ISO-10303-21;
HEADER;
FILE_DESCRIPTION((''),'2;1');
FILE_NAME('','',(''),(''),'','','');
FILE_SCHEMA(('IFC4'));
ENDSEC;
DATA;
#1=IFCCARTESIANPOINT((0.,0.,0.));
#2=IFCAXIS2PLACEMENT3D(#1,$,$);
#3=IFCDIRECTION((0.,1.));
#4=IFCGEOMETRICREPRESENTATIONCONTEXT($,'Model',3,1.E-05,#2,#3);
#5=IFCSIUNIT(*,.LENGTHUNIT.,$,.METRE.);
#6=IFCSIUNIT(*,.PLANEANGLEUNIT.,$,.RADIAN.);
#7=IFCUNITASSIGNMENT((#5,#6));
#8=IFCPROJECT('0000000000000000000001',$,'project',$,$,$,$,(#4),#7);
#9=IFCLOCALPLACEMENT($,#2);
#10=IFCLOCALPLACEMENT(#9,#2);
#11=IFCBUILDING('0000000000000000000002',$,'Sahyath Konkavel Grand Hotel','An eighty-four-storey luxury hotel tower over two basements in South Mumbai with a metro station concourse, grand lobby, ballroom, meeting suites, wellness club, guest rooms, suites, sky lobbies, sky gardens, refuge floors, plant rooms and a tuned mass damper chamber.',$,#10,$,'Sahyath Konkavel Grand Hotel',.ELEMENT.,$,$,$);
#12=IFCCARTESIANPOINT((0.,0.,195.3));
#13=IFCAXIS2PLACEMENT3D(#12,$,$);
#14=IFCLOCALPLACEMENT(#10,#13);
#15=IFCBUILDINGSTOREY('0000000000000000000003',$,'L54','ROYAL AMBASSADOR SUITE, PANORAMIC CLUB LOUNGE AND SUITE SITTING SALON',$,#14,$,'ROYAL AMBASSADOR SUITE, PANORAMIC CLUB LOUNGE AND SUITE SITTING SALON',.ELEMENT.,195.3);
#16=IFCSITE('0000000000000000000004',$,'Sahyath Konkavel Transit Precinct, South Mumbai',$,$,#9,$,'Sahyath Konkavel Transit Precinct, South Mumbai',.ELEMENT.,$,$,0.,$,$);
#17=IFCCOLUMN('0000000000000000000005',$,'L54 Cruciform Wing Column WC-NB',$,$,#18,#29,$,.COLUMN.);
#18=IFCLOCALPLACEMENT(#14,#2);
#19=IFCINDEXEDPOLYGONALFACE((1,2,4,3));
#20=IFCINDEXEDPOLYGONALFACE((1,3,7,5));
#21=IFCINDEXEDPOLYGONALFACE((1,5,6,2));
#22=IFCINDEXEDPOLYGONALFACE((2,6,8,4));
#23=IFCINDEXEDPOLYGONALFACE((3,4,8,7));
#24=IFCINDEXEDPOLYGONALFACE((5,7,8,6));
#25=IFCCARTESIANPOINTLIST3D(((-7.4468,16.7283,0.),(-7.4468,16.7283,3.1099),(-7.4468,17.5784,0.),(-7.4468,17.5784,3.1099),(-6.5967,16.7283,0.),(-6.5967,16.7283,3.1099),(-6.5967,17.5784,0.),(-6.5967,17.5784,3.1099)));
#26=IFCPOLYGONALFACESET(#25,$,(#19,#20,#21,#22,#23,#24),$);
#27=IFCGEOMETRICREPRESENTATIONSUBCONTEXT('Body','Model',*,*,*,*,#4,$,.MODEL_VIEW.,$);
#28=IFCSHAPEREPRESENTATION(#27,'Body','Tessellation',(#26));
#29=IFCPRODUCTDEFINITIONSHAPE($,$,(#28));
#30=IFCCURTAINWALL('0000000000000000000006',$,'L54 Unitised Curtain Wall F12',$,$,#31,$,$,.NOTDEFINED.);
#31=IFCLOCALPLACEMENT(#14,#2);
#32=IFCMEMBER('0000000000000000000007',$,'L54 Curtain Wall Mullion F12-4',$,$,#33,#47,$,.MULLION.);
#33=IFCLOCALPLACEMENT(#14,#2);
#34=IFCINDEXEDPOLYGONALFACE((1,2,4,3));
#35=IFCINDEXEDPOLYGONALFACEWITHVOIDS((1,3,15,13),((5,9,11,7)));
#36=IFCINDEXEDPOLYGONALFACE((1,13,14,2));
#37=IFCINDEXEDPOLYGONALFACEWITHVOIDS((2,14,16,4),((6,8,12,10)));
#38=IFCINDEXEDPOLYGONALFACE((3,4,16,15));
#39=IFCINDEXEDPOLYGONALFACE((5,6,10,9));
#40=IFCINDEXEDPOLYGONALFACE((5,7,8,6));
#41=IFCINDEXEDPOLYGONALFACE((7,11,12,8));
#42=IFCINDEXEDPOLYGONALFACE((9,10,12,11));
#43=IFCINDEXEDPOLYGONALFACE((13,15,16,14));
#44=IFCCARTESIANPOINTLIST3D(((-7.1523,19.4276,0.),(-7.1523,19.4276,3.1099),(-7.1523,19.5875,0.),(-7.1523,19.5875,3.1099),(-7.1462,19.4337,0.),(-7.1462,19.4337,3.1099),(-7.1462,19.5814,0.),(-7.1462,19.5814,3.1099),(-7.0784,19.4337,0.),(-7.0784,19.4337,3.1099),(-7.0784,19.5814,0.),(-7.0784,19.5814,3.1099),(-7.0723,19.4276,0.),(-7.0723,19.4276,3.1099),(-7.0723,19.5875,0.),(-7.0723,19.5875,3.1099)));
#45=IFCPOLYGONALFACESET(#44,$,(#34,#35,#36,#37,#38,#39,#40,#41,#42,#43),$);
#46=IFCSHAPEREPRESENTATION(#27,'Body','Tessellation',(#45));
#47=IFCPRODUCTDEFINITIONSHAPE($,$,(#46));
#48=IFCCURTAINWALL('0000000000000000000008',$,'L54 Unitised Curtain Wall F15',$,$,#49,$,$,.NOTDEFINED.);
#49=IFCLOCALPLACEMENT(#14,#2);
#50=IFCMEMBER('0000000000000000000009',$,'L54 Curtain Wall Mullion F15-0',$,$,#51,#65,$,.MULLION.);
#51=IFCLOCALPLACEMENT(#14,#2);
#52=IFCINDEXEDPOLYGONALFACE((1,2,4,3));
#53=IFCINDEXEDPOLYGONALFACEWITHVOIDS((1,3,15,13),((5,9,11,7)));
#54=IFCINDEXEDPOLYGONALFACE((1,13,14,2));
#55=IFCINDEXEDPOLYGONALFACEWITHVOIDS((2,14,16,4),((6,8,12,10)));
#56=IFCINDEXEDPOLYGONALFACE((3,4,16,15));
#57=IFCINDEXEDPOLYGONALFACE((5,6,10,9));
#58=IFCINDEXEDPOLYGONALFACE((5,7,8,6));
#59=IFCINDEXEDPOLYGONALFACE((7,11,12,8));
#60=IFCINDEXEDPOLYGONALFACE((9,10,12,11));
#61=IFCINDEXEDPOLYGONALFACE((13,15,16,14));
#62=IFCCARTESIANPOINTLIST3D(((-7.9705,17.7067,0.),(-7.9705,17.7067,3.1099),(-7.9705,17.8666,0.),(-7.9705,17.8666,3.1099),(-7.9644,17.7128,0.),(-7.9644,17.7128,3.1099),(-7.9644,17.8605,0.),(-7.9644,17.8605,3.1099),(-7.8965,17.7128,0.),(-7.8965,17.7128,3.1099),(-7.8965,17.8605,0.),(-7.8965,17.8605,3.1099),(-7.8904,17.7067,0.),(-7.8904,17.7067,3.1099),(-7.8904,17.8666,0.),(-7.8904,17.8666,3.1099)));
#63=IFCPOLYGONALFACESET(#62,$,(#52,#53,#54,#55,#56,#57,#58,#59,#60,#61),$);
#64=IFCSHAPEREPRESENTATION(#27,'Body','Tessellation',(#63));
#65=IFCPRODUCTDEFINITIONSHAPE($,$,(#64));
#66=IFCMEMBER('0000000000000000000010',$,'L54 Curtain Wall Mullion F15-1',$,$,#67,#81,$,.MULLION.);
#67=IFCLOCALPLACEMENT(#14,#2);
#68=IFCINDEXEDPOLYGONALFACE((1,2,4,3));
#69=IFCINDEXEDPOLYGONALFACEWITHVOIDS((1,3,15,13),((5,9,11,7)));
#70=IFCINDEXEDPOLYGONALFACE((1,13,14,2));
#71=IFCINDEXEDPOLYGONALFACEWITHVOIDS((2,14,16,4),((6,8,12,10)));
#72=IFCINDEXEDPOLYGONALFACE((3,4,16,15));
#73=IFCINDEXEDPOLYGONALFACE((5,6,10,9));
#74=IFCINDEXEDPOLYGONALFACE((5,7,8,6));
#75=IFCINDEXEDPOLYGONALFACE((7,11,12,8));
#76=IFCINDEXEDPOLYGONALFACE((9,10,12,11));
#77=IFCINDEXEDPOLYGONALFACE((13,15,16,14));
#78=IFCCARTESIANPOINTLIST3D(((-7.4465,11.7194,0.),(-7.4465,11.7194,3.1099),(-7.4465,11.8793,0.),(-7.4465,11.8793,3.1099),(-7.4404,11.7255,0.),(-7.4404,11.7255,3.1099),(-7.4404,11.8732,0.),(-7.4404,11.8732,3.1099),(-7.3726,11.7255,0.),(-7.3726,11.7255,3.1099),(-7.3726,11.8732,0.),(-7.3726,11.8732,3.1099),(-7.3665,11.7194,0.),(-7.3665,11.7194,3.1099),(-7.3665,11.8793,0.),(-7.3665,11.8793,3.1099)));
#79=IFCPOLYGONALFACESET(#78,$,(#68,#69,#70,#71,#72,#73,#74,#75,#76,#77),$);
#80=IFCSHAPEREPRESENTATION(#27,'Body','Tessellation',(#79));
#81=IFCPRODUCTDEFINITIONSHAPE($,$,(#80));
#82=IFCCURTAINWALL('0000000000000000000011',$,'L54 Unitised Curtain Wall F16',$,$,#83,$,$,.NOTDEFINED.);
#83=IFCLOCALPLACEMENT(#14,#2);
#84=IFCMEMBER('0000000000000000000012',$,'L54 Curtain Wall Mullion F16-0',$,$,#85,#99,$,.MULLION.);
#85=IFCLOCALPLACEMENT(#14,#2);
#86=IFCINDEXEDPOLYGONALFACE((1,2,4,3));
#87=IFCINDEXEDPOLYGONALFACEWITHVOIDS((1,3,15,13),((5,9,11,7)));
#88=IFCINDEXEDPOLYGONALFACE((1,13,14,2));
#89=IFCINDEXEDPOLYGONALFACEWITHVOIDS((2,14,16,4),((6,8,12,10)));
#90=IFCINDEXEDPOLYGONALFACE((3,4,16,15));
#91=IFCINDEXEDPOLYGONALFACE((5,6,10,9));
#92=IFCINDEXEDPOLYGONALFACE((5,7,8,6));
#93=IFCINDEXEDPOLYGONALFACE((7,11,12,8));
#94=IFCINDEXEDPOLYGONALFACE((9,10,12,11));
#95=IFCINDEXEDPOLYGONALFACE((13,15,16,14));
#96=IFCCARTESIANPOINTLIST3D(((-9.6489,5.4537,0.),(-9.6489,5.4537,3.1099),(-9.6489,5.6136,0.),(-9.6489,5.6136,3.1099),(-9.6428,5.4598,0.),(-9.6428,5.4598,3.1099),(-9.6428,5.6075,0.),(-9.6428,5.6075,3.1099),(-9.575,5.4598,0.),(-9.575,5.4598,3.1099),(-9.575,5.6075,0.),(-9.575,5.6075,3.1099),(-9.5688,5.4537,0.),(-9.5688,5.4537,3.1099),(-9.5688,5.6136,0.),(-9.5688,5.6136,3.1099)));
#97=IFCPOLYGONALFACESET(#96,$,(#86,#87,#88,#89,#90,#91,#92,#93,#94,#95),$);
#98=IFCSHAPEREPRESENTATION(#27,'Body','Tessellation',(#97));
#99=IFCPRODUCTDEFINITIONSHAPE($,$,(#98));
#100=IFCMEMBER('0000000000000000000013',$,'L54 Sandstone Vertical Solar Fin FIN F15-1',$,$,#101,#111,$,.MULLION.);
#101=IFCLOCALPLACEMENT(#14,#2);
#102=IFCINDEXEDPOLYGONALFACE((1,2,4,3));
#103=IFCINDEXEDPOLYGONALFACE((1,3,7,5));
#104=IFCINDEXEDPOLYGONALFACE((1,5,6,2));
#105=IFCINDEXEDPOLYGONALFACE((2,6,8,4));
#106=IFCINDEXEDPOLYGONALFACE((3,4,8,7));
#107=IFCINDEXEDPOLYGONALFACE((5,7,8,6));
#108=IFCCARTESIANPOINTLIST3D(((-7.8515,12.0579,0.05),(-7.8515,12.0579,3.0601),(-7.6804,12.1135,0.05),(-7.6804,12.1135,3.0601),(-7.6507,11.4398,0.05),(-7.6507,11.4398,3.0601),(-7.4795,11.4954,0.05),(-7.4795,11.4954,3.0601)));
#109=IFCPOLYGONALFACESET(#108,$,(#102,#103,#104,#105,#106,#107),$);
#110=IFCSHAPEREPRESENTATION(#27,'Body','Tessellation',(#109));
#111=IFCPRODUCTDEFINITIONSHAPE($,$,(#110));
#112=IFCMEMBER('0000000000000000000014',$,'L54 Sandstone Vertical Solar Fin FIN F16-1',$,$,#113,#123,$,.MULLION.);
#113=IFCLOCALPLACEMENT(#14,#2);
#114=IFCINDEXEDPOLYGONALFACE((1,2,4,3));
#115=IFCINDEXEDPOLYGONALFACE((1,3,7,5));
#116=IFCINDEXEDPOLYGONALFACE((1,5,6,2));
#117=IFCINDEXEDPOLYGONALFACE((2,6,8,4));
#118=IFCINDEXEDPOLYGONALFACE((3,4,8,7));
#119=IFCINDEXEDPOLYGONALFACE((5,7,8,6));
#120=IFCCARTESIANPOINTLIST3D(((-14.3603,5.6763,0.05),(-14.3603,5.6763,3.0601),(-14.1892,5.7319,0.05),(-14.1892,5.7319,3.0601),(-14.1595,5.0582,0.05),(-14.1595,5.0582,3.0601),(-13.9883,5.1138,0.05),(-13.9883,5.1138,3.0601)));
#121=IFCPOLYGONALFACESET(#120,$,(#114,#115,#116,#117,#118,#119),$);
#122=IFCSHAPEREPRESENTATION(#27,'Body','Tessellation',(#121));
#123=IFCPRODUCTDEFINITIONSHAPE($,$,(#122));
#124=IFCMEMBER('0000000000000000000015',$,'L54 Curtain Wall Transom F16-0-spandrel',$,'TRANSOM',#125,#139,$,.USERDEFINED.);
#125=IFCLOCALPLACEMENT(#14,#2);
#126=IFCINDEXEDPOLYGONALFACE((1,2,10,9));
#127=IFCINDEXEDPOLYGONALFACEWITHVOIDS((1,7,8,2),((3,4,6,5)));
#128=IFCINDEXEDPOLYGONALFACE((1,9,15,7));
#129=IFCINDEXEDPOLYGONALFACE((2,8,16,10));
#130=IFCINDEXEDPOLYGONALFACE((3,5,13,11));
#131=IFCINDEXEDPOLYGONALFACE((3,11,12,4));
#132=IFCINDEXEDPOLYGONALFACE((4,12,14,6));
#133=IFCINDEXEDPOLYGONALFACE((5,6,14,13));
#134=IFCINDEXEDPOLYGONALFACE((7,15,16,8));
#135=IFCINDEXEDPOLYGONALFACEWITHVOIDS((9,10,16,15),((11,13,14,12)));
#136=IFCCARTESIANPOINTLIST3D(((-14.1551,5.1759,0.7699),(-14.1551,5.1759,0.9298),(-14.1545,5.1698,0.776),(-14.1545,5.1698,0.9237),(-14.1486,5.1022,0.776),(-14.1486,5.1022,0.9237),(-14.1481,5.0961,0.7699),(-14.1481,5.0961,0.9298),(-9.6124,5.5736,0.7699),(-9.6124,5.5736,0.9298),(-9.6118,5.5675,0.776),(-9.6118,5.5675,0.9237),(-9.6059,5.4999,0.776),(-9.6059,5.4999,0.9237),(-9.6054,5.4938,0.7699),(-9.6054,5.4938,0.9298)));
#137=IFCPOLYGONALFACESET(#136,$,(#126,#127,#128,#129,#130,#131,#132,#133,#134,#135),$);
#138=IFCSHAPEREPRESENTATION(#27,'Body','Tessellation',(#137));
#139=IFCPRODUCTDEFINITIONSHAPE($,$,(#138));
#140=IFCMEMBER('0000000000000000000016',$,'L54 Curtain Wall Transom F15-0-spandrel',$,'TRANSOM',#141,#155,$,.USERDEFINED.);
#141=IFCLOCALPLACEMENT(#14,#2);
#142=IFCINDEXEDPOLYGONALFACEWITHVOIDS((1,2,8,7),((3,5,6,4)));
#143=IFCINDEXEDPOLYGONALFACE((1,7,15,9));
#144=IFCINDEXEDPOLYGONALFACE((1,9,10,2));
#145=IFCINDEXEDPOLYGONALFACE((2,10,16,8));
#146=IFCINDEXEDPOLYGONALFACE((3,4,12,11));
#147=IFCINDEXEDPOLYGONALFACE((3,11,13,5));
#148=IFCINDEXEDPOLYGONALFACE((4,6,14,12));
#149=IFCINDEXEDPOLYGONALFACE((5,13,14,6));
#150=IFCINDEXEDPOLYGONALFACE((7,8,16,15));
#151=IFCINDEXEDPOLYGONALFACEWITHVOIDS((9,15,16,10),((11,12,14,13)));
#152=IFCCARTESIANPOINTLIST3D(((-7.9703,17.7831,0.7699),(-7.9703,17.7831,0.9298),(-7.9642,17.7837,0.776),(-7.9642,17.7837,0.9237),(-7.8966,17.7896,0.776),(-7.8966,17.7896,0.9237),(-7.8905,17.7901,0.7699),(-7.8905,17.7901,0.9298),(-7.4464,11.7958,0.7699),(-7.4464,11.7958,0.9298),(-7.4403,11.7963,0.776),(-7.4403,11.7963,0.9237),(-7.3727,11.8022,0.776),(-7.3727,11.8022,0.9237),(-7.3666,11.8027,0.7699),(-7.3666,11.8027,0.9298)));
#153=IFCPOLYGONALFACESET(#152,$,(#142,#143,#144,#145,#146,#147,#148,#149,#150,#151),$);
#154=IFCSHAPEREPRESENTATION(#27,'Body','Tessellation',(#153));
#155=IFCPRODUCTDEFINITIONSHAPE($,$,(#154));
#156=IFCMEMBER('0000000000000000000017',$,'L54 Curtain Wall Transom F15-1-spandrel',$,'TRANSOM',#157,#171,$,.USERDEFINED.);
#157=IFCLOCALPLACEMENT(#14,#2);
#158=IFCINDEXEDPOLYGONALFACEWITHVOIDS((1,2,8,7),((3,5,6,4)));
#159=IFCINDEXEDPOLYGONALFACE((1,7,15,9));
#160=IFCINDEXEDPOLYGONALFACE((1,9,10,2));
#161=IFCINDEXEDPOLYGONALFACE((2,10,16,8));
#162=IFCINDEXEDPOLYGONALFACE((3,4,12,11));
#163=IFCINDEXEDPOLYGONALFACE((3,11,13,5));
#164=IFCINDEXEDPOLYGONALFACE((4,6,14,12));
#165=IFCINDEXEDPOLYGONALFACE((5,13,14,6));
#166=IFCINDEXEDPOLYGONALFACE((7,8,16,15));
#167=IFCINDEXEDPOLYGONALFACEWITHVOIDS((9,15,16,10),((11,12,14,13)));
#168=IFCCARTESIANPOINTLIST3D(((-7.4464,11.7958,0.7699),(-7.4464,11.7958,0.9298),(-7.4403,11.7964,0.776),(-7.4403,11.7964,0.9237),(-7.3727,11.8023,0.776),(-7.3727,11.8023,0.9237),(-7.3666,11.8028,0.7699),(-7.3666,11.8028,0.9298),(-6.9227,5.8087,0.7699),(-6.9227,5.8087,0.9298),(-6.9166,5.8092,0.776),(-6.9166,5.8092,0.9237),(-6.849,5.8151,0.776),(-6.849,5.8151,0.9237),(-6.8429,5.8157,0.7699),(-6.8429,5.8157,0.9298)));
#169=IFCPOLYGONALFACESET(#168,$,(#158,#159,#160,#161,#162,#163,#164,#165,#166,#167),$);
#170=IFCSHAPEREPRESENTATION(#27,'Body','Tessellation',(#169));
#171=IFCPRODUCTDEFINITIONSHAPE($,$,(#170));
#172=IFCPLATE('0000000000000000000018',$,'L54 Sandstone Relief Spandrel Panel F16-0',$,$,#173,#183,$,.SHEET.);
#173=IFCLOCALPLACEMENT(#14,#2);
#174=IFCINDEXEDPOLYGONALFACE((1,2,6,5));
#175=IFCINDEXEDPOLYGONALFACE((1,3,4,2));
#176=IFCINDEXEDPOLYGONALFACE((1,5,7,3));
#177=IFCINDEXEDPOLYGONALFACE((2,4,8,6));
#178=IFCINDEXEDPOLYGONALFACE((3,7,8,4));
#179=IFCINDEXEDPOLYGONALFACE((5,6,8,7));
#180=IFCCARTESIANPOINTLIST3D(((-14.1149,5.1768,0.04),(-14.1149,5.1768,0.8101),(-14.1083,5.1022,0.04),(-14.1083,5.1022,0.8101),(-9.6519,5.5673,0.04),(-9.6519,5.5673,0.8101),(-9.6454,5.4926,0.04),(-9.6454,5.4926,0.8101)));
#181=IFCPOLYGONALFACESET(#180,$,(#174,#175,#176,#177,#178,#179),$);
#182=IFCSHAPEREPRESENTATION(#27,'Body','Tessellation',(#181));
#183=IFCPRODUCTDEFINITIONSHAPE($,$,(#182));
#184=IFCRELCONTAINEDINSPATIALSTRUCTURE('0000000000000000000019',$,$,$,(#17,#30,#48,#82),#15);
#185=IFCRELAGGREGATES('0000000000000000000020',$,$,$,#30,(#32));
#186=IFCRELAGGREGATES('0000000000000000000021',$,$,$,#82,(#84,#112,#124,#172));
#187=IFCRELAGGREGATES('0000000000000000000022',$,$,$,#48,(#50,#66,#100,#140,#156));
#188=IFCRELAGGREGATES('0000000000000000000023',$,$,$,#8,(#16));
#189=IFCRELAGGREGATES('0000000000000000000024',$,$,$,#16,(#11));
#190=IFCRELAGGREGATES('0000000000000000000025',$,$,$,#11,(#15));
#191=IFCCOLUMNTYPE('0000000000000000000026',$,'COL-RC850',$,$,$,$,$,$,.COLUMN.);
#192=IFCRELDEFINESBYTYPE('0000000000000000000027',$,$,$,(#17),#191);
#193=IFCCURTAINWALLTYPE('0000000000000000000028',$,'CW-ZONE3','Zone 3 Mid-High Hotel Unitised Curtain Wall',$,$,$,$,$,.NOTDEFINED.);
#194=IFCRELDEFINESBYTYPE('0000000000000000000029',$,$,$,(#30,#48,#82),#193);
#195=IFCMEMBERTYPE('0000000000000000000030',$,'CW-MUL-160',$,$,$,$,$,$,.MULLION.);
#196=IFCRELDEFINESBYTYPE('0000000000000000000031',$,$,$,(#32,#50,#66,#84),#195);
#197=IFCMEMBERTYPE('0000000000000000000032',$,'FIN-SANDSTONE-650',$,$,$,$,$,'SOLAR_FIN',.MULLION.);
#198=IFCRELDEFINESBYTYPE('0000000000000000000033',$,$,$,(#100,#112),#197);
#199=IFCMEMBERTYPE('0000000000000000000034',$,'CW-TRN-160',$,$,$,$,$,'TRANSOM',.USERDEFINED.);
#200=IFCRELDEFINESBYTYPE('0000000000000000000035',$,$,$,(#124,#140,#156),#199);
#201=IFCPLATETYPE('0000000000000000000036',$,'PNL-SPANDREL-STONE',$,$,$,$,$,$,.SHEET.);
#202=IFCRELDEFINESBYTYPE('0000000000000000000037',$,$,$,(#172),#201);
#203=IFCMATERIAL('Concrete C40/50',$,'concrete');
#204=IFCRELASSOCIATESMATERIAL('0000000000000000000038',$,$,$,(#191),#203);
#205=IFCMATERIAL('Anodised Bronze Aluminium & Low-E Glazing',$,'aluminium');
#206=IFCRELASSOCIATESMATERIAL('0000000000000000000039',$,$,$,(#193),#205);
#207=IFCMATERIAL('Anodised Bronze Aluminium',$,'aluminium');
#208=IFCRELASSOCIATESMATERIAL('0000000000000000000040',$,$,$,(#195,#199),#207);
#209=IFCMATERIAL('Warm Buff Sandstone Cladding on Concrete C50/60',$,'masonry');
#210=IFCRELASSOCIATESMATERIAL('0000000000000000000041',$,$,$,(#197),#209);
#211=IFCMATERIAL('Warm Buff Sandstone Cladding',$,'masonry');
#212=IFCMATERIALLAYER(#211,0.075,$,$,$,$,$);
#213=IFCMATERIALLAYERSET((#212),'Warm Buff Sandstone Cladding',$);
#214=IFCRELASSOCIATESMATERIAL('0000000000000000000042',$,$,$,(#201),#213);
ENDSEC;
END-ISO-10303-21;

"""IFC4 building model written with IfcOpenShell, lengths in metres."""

from ifc_helpers import new_model, si_unit, direction, frame, origin, origin_2d, place, context, subcontext, project, spatial, rectangle, hollow_rectangle, extrude, source, transform, mapped, material, layer, layer_set, material_profile, profile_set, type_object, element, aggregate, save


model = new_model("IFC4")

# Units and contexts
model_context = context("Model", 3, precision=1e-05, world=origin(), true_north=direction((0.0, 1.0)))
body_context = subcontext(model_context, "Body", "Model", "MODEL_VIEW")
ifc_project = project(units=[si_unit("LENGTHUNIT", "METRE"), si_unit("PLANEANGLEUNIT", "RADIAN")], contexts=[model_context])

# Site, building, storey
site_placement = place(None, origin())
site = spatial("IfcSite", under=ifc_project, at=site_placement, Name="Sahyath Konkavel Transit Precinct, South Mumbai", LongName="Sahyath Konkavel Transit Precinct, South Mumbai", CompositionType="ELEMENT", RefElevation=0.0)
building_placement = place(site_placement, origin())
building = spatial("IfcBuilding", under=site, at=building_placement, Name="Sahyath Konkavel Grand Hotel", Description="An eighty-four-storey luxury hotel tower over two basements in South Mumbai with a metro station concourse, grand lobby, ballroom, meeting suites, wellness club, guest rooms, suites, sky lobbies, sky gardens, refuge floors, plant rooms and a tuned mass damper chamber.", LongName="Sahyath Konkavel Grand Hotel", CompositionType="ELEMENT")
storey_placement = place(building_placement, frame((0.0, 0.0, 195.3)))
storey = spatial("IfcBuildingStorey", under=building, at=storey_placement, Name="L54", Description="ROYAL AMBASSADOR SUITE, PANORAMIC CLUB LOUNGE AND SUITE SITTING SALON", LongName="ROYAL AMBASSADOR SUITE, PANORAMIC CLUB LOUNGE AND SUITE SITTING SALON", CompositionType="ELEMENT", Elevation=195.3)

# Column
ifc_material_1 = material(Name="Concrete C40/50", Category="concrete")
ifc_material_profile_1 = material_profile(ifc_material_1, rectangle(XDim=0.8501, YDim=0.8501, at=origin_2d()), Name="RC 850x850")
ifc_profile_set_1 = profile_set([ifc_material_profile_1], Name="Concrete C40/50")
column_type = type_object("IfcColumnType", Name="COL-RC850", PredefinedType="COLUMN", material=ifc_profile_set_1)
shared_shape_1 = source(origin(), body_context, "Body", "SweptSolid", [
    extrude(rectangle(XDim=0.8501, YDim=0.8501, at=origin_2d()), origin(), (0.0, 0.0, 1.0), 3.1099),
])
column_placement = place(storey_placement, frame((-7.0217, 17.1533, 0.0), z_axis=(0.0, 0.0, 1.0), x_axis=(1.0, 0.0, 0.0)))
element("IfcColumn", 1, at=column_placement, inside=storey, type_object=column_type, Name="L54 Cruciform Wing Column WC-NB", PredefinedType="COLUMN", context=body_context, shape_type="MappedRepresentation", body=[
    mapped(shared_shape_1, transform((0.0, 0.0, 0.0), scale=1.0)),
])

# Curtain wall, member
ifc_material_2 = material(Name="Anodised Bronze Aluminium & Low-E Glazing", Category="aluminium")
curtain_wall_type = type_object("IfcCurtainWallType", Name="CW-ZONE3", Description="Zone 3 Mid-High Hotel Unitised Curtain Wall", PredefinedType="NOTDEFINED", material=ifc_material_2)
curtain_wall_1_placement = place(storey_placement, origin())
curtain_wall_1 = element("IfcCurtainWall", 2, at=curtain_wall_1_placement, inside=storey, type_object=curtain_wall_type, Name="L54 Unitised Curtain Wall F12", PredefinedType="NOTDEFINED")
ifc_material_3 = material(Name="Anodised Bronze Aluminium", Category="aluminium")
ifc_material_profile_2 = material_profile(ifc_material_3, hollow_rectangle(XDim=0.0801, YDim=0.1599, WallThickness=0.0061, at=origin_2d()), Name="RHS 160x80x6")
ifc_profile_set_2 = profile_set([ifc_material_profile_2], Name="Anodised Bronze Aluminium")
member_type_1 = type_object("IfcMemberType", Name="CW-MUL-160", PredefinedType="MULLION", material=ifc_profile_set_2)
shared_shape_2 = source(origin(), body_context, "Body", "SweptSolid", [
    extrude(hollow_rectangle(XDim=0.0801, YDim=0.1599, WallThickness=0.0061, at=origin_2d()), origin(), (0.0, 0.0, 1.0), 3.1099),
])
member_1_placement = place(storey_placement, frame((-7.1123, 19.5076, 0.0), z_axis=(0.0, 0.0, 1.0), x_axis=(1.0, 0.0, 0.0)))
member_1 = element("IfcMember", 3, at=member_1_placement, type_object=member_type_1, Name="L54 Curtain Wall Mullion F12-4", PredefinedType="MULLION", context=body_context, shape_type="MappedRepresentation", body=[
    mapped(shared_shape_2, transform((0.0, 0.0, 0.0), scale=1.0)),
])
aggregate(curtain_wall_1, [member_1])

# Curtain wall, members
curtain_wall_2_placement = place(storey_placement, origin())
curtain_wall_2 = element("IfcCurtainWall", 4, at=curtain_wall_2_placement, inside=storey, type_object=curtain_wall_type, Name="L54 Unitised Curtain Wall F15", PredefinedType="NOTDEFINED")
member_2_placement = place(storey_placement, frame((-7.9304, 17.7866, 0.0), z_axis=(0.0, 0.0, 1.0), x_axis=(1.0, 0.0, 0.0)))
member_2 = element("IfcMember", 5, at=member_2_placement, type_object=member_type_1, Name="L54 Curtain Wall Mullion F15-0", PredefinedType="MULLION", context=body_context, shape_type="MappedRepresentation", body=[
    mapped(shared_shape_2, transform((0.0, 0.0, 0.0), scale=1.0)),
])
member_3_placement = place(storey_placement, frame((-7.4065, 11.7993, 0.0), z_axis=(0.0, 0.0, 1.0), x_axis=(1.0, 0.0, 0.0)))
member_3 = element("IfcMember", 6, at=member_3_placement, type_object=member_type_1, Name="L54 Curtain Wall Mullion F15-1", PredefinedType="MULLION", context=body_context, shape_type="MappedRepresentation", body=[
    mapped(shared_shape_2, transform((0.0, 0.0, 0.0), scale=1.0)),
])

# Curtain wall, member
curtain_wall_3_placement = place(storey_placement, origin())
curtain_wall_3 = element("IfcCurtainWall", 7, at=curtain_wall_3_placement, inside=storey, type_object=curtain_wall_type, Name="L54 Unitised Curtain Wall F16", PredefinedType="NOTDEFINED")
member_4_placement = place(storey_placement, frame((-9.6089, 5.5337, 0.0), z_axis=(0.0, 0.0, 1.0), x_axis=(1.0, 0.0, 0.0)))
member_4 = element("IfcMember", 8, at=member_4_placement, type_object=member_type_1, Name="L54 Curtain Wall Mullion F16-0", PredefinedType="MULLION", context=body_context, shape_type="MappedRepresentation", body=[
    mapped(shared_shape_2, transform((0.0, 0.0, 0.0), scale=1.0)),
])

# Members
ifc_material_4 = material(Name="Warm Buff Sandstone Cladding on Concrete C50/60", Category="masonry")
ifc_material_profile_3 = material_profile(ifc_material_4, rectangle(XDim=0.1799, YDim=0.6499, at=origin_2d()), Name="FIN 180x650")
ifc_profile_set_3 = profile_set([ifc_material_profile_3], Name="Warm Buff Sandstone Cladding on Concrete C50/60")
member_type_2 = type_object("IfcMemberType", Name="FIN-SANDSTONE-650", ElementType="SOLAR_FIN", PredefinedType="MULLION", material=ifc_profile_set_3)
shared_shape_3 = source(origin(), body_context, "Body", "SweptSolid", [
    extrude(rectangle(XDim=0.1799, YDim=0.6499, at=origin_2d()), origin(), (0.0, 0.0, 1.0), 3.01),
])
member_5_placement = place(storey_placement, frame((-7.6655, 11.7766, 0.05), z_axis=(0.0, 0.0, 1.0), x_axis=(0.951057, 0.309017, 0.0)))
member_5 = element("IfcMember", 9, at=member_5_placement, type_object=member_type_2, Name="L54 Sandstone Vertical Solar Fin FIN F15-1", PredefinedType="MULLION", context=body_context, shape_type="MappedRepresentation", body=[
    mapped(shared_shape_3, transform((0.0, 0.0, 0.0), scale=1.0)),
])
member_6_placement = place(storey_placement, frame((-14.1743, 5.395, 0.05), z_axis=(0.0, 0.0, 1.0), x_axis=(0.951057, 0.309017, 0.0)))
member_6 = element("IfcMember", 10, at=member_6_placement, type_object=member_type_2, Name="L54 Sandstone Vertical Solar Fin FIN F16-1", PredefinedType="MULLION", context=body_context, shape_type="MappedRepresentation", body=[
    mapped(shared_shape_3, transform((0.0, 0.0, 0.0), scale=1.0)),
])
ifc_material_profile_4 = material_profile(ifc_material_3, hollow_rectangle(XDim=0.0801, YDim=0.1599, WallThickness=0.0061, at=origin_2d()), Name="RHS 160x80x6")
ifc_profile_set_4 = profile_set([ifc_material_profile_4], Name="Anodised Bronze Aluminium")
member_type_3 = type_object("IfcMemberType", Name="CW-TRN-160", ElementType="TRANSOM", PredefinedType="USERDEFINED", material=ifc_profile_set_4)
shared_shape_4 = source(origin(), body_context, "Body", "SweptSolid", [
    extrude(hollow_rectangle(XDim=0.0801, YDim=0.1599, WallThickness=0.0061, at=origin_2d()), origin(), (0.0, 0.0, 1.0), 4.5601),
])
member_7_placement = place(storey_placement, frame((-9.6089, 5.5337, 0.8499), z_axis=(-0.99619, -0.087214, 0.0), x_axis=(0.087214, -0.99619, 0.0)))
member_7 = element("IfcMember", 11, at=member_7_placement, type_object=member_type_3, Name="L54 Curtain Wall Transom F16-0-spandrel", ObjectType="TRANSOM", PredefinedType="USERDEFINED", context=body_context, shape_type="MappedRepresentation", body=[
    mapped(shared_shape_4, transform((0.0, 0.0, 0.0), scale=1.0)),
])
shared_shape_5 = source(origin(), body_context, "Body", "SweptSolid", [
    extrude(hollow_rectangle(XDim=0.0801, YDim=0.1599, WallThickness=0.0061, at=origin_2d()), origin(), (0.0, 0.0, 1.0), 6.0103),
])
member_8_placement = place(storey_placement, frame((-7.9304, 17.7866, 0.8499), z_axis=(0.087173, -0.996193, 0.0), x_axis=(0.996193, 0.087173, 0.0)))
member_8 = element("IfcMember", 12, at=member_8_placement, type_object=member_type_3, Name="L54 Curtain Wall Transom F15-0-spandrel", ObjectType="TRANSOM", PredefinedType="USERDEFINED", context=body_context, shape_type="MappedRepresentation", body=[
    mapped(shared_shape_5, transform((0.0, 0.0, 0.0), scale=1.0)),
])
shared_shape_6 = source(origin(), body_context, "Body", "SweptSolid", [
    extrude(hollow_rectangle(XDim=0.0801, YDim=0.1599, WallThickness=0.0061, at=origin_2d()), origin(), (0.0, 0.0, 1.0), 6.01),
])
member_9_placement = place(storey_placement, frame((-7.4065, 11.7993, 0.8499), z_axis=(0.087136, -0.996196, 0.0), x_axis=(0.996196, 0.087136, 0.0)))
member_9 = element("IfcMember", 13, at=member_9_placement, type_object=member_type_3, Name="L54 Curtain Wall Transom F15-1-spandrel", ObjectType="TRANSOM", PredefinedType="USERDEFINED", context=body_context, shape_type="MappedRepresentation", body=[
    mapped(shared_shape_6, transform((0.0, 0.0, 0.0), scale=1.0)),
])

# Plate
ifc_material_5 = material(Name="Warm Buff Sandstone Cladding", Category="masonry")
ifc_layer_1 = layer(ifc_material_5, 0.075)
ifc_layer_set_1 = layer_set([ifc_layer_1], Name="Warm Buff Sandstone Cladding")
plate_type_1 = type_object("IfcPlateType", Name="PNL-SPANDREL-STONE", PredefinedType="SHEET", material=ifc_layer_set_1)
shared_shape_7 = source(origin(), body_context, "Body", "SweptSolid", [
    extrude(rectangle(XDim=4.48, YDim=0.075, at=origin_2d()), origin(), (0.0, 0.0, 1.0), 0.77),
])
plate_1_placement = place(storey_placement, frame((-11.8801, 5.3347, 0.04), z_axis=(0.0, 0.0, 1.0), x_axis=(-0.996195, -0.087156, 0.0)))
plate_1 = element("IfcPlate", 14, at=plate_1_placement, type_object=plate_type_1, Name="L54 Sandstone Relief Spandrel Panel F16-0", PredefinedType="SHEET", context=body_context, shape_type="MappedRepresentation", body=[
    mapped(shared_shape_7, transform((0.0, 0.0, 0.0), scale=1.0)),
])
aggregate(curtain_wall_3, [member_4, member_6, member_7, plate_1])
aggregate(curtain_wall_2, [member_2, member_3, member_5, member_8, member_9])

save(model, "model.ifc")
